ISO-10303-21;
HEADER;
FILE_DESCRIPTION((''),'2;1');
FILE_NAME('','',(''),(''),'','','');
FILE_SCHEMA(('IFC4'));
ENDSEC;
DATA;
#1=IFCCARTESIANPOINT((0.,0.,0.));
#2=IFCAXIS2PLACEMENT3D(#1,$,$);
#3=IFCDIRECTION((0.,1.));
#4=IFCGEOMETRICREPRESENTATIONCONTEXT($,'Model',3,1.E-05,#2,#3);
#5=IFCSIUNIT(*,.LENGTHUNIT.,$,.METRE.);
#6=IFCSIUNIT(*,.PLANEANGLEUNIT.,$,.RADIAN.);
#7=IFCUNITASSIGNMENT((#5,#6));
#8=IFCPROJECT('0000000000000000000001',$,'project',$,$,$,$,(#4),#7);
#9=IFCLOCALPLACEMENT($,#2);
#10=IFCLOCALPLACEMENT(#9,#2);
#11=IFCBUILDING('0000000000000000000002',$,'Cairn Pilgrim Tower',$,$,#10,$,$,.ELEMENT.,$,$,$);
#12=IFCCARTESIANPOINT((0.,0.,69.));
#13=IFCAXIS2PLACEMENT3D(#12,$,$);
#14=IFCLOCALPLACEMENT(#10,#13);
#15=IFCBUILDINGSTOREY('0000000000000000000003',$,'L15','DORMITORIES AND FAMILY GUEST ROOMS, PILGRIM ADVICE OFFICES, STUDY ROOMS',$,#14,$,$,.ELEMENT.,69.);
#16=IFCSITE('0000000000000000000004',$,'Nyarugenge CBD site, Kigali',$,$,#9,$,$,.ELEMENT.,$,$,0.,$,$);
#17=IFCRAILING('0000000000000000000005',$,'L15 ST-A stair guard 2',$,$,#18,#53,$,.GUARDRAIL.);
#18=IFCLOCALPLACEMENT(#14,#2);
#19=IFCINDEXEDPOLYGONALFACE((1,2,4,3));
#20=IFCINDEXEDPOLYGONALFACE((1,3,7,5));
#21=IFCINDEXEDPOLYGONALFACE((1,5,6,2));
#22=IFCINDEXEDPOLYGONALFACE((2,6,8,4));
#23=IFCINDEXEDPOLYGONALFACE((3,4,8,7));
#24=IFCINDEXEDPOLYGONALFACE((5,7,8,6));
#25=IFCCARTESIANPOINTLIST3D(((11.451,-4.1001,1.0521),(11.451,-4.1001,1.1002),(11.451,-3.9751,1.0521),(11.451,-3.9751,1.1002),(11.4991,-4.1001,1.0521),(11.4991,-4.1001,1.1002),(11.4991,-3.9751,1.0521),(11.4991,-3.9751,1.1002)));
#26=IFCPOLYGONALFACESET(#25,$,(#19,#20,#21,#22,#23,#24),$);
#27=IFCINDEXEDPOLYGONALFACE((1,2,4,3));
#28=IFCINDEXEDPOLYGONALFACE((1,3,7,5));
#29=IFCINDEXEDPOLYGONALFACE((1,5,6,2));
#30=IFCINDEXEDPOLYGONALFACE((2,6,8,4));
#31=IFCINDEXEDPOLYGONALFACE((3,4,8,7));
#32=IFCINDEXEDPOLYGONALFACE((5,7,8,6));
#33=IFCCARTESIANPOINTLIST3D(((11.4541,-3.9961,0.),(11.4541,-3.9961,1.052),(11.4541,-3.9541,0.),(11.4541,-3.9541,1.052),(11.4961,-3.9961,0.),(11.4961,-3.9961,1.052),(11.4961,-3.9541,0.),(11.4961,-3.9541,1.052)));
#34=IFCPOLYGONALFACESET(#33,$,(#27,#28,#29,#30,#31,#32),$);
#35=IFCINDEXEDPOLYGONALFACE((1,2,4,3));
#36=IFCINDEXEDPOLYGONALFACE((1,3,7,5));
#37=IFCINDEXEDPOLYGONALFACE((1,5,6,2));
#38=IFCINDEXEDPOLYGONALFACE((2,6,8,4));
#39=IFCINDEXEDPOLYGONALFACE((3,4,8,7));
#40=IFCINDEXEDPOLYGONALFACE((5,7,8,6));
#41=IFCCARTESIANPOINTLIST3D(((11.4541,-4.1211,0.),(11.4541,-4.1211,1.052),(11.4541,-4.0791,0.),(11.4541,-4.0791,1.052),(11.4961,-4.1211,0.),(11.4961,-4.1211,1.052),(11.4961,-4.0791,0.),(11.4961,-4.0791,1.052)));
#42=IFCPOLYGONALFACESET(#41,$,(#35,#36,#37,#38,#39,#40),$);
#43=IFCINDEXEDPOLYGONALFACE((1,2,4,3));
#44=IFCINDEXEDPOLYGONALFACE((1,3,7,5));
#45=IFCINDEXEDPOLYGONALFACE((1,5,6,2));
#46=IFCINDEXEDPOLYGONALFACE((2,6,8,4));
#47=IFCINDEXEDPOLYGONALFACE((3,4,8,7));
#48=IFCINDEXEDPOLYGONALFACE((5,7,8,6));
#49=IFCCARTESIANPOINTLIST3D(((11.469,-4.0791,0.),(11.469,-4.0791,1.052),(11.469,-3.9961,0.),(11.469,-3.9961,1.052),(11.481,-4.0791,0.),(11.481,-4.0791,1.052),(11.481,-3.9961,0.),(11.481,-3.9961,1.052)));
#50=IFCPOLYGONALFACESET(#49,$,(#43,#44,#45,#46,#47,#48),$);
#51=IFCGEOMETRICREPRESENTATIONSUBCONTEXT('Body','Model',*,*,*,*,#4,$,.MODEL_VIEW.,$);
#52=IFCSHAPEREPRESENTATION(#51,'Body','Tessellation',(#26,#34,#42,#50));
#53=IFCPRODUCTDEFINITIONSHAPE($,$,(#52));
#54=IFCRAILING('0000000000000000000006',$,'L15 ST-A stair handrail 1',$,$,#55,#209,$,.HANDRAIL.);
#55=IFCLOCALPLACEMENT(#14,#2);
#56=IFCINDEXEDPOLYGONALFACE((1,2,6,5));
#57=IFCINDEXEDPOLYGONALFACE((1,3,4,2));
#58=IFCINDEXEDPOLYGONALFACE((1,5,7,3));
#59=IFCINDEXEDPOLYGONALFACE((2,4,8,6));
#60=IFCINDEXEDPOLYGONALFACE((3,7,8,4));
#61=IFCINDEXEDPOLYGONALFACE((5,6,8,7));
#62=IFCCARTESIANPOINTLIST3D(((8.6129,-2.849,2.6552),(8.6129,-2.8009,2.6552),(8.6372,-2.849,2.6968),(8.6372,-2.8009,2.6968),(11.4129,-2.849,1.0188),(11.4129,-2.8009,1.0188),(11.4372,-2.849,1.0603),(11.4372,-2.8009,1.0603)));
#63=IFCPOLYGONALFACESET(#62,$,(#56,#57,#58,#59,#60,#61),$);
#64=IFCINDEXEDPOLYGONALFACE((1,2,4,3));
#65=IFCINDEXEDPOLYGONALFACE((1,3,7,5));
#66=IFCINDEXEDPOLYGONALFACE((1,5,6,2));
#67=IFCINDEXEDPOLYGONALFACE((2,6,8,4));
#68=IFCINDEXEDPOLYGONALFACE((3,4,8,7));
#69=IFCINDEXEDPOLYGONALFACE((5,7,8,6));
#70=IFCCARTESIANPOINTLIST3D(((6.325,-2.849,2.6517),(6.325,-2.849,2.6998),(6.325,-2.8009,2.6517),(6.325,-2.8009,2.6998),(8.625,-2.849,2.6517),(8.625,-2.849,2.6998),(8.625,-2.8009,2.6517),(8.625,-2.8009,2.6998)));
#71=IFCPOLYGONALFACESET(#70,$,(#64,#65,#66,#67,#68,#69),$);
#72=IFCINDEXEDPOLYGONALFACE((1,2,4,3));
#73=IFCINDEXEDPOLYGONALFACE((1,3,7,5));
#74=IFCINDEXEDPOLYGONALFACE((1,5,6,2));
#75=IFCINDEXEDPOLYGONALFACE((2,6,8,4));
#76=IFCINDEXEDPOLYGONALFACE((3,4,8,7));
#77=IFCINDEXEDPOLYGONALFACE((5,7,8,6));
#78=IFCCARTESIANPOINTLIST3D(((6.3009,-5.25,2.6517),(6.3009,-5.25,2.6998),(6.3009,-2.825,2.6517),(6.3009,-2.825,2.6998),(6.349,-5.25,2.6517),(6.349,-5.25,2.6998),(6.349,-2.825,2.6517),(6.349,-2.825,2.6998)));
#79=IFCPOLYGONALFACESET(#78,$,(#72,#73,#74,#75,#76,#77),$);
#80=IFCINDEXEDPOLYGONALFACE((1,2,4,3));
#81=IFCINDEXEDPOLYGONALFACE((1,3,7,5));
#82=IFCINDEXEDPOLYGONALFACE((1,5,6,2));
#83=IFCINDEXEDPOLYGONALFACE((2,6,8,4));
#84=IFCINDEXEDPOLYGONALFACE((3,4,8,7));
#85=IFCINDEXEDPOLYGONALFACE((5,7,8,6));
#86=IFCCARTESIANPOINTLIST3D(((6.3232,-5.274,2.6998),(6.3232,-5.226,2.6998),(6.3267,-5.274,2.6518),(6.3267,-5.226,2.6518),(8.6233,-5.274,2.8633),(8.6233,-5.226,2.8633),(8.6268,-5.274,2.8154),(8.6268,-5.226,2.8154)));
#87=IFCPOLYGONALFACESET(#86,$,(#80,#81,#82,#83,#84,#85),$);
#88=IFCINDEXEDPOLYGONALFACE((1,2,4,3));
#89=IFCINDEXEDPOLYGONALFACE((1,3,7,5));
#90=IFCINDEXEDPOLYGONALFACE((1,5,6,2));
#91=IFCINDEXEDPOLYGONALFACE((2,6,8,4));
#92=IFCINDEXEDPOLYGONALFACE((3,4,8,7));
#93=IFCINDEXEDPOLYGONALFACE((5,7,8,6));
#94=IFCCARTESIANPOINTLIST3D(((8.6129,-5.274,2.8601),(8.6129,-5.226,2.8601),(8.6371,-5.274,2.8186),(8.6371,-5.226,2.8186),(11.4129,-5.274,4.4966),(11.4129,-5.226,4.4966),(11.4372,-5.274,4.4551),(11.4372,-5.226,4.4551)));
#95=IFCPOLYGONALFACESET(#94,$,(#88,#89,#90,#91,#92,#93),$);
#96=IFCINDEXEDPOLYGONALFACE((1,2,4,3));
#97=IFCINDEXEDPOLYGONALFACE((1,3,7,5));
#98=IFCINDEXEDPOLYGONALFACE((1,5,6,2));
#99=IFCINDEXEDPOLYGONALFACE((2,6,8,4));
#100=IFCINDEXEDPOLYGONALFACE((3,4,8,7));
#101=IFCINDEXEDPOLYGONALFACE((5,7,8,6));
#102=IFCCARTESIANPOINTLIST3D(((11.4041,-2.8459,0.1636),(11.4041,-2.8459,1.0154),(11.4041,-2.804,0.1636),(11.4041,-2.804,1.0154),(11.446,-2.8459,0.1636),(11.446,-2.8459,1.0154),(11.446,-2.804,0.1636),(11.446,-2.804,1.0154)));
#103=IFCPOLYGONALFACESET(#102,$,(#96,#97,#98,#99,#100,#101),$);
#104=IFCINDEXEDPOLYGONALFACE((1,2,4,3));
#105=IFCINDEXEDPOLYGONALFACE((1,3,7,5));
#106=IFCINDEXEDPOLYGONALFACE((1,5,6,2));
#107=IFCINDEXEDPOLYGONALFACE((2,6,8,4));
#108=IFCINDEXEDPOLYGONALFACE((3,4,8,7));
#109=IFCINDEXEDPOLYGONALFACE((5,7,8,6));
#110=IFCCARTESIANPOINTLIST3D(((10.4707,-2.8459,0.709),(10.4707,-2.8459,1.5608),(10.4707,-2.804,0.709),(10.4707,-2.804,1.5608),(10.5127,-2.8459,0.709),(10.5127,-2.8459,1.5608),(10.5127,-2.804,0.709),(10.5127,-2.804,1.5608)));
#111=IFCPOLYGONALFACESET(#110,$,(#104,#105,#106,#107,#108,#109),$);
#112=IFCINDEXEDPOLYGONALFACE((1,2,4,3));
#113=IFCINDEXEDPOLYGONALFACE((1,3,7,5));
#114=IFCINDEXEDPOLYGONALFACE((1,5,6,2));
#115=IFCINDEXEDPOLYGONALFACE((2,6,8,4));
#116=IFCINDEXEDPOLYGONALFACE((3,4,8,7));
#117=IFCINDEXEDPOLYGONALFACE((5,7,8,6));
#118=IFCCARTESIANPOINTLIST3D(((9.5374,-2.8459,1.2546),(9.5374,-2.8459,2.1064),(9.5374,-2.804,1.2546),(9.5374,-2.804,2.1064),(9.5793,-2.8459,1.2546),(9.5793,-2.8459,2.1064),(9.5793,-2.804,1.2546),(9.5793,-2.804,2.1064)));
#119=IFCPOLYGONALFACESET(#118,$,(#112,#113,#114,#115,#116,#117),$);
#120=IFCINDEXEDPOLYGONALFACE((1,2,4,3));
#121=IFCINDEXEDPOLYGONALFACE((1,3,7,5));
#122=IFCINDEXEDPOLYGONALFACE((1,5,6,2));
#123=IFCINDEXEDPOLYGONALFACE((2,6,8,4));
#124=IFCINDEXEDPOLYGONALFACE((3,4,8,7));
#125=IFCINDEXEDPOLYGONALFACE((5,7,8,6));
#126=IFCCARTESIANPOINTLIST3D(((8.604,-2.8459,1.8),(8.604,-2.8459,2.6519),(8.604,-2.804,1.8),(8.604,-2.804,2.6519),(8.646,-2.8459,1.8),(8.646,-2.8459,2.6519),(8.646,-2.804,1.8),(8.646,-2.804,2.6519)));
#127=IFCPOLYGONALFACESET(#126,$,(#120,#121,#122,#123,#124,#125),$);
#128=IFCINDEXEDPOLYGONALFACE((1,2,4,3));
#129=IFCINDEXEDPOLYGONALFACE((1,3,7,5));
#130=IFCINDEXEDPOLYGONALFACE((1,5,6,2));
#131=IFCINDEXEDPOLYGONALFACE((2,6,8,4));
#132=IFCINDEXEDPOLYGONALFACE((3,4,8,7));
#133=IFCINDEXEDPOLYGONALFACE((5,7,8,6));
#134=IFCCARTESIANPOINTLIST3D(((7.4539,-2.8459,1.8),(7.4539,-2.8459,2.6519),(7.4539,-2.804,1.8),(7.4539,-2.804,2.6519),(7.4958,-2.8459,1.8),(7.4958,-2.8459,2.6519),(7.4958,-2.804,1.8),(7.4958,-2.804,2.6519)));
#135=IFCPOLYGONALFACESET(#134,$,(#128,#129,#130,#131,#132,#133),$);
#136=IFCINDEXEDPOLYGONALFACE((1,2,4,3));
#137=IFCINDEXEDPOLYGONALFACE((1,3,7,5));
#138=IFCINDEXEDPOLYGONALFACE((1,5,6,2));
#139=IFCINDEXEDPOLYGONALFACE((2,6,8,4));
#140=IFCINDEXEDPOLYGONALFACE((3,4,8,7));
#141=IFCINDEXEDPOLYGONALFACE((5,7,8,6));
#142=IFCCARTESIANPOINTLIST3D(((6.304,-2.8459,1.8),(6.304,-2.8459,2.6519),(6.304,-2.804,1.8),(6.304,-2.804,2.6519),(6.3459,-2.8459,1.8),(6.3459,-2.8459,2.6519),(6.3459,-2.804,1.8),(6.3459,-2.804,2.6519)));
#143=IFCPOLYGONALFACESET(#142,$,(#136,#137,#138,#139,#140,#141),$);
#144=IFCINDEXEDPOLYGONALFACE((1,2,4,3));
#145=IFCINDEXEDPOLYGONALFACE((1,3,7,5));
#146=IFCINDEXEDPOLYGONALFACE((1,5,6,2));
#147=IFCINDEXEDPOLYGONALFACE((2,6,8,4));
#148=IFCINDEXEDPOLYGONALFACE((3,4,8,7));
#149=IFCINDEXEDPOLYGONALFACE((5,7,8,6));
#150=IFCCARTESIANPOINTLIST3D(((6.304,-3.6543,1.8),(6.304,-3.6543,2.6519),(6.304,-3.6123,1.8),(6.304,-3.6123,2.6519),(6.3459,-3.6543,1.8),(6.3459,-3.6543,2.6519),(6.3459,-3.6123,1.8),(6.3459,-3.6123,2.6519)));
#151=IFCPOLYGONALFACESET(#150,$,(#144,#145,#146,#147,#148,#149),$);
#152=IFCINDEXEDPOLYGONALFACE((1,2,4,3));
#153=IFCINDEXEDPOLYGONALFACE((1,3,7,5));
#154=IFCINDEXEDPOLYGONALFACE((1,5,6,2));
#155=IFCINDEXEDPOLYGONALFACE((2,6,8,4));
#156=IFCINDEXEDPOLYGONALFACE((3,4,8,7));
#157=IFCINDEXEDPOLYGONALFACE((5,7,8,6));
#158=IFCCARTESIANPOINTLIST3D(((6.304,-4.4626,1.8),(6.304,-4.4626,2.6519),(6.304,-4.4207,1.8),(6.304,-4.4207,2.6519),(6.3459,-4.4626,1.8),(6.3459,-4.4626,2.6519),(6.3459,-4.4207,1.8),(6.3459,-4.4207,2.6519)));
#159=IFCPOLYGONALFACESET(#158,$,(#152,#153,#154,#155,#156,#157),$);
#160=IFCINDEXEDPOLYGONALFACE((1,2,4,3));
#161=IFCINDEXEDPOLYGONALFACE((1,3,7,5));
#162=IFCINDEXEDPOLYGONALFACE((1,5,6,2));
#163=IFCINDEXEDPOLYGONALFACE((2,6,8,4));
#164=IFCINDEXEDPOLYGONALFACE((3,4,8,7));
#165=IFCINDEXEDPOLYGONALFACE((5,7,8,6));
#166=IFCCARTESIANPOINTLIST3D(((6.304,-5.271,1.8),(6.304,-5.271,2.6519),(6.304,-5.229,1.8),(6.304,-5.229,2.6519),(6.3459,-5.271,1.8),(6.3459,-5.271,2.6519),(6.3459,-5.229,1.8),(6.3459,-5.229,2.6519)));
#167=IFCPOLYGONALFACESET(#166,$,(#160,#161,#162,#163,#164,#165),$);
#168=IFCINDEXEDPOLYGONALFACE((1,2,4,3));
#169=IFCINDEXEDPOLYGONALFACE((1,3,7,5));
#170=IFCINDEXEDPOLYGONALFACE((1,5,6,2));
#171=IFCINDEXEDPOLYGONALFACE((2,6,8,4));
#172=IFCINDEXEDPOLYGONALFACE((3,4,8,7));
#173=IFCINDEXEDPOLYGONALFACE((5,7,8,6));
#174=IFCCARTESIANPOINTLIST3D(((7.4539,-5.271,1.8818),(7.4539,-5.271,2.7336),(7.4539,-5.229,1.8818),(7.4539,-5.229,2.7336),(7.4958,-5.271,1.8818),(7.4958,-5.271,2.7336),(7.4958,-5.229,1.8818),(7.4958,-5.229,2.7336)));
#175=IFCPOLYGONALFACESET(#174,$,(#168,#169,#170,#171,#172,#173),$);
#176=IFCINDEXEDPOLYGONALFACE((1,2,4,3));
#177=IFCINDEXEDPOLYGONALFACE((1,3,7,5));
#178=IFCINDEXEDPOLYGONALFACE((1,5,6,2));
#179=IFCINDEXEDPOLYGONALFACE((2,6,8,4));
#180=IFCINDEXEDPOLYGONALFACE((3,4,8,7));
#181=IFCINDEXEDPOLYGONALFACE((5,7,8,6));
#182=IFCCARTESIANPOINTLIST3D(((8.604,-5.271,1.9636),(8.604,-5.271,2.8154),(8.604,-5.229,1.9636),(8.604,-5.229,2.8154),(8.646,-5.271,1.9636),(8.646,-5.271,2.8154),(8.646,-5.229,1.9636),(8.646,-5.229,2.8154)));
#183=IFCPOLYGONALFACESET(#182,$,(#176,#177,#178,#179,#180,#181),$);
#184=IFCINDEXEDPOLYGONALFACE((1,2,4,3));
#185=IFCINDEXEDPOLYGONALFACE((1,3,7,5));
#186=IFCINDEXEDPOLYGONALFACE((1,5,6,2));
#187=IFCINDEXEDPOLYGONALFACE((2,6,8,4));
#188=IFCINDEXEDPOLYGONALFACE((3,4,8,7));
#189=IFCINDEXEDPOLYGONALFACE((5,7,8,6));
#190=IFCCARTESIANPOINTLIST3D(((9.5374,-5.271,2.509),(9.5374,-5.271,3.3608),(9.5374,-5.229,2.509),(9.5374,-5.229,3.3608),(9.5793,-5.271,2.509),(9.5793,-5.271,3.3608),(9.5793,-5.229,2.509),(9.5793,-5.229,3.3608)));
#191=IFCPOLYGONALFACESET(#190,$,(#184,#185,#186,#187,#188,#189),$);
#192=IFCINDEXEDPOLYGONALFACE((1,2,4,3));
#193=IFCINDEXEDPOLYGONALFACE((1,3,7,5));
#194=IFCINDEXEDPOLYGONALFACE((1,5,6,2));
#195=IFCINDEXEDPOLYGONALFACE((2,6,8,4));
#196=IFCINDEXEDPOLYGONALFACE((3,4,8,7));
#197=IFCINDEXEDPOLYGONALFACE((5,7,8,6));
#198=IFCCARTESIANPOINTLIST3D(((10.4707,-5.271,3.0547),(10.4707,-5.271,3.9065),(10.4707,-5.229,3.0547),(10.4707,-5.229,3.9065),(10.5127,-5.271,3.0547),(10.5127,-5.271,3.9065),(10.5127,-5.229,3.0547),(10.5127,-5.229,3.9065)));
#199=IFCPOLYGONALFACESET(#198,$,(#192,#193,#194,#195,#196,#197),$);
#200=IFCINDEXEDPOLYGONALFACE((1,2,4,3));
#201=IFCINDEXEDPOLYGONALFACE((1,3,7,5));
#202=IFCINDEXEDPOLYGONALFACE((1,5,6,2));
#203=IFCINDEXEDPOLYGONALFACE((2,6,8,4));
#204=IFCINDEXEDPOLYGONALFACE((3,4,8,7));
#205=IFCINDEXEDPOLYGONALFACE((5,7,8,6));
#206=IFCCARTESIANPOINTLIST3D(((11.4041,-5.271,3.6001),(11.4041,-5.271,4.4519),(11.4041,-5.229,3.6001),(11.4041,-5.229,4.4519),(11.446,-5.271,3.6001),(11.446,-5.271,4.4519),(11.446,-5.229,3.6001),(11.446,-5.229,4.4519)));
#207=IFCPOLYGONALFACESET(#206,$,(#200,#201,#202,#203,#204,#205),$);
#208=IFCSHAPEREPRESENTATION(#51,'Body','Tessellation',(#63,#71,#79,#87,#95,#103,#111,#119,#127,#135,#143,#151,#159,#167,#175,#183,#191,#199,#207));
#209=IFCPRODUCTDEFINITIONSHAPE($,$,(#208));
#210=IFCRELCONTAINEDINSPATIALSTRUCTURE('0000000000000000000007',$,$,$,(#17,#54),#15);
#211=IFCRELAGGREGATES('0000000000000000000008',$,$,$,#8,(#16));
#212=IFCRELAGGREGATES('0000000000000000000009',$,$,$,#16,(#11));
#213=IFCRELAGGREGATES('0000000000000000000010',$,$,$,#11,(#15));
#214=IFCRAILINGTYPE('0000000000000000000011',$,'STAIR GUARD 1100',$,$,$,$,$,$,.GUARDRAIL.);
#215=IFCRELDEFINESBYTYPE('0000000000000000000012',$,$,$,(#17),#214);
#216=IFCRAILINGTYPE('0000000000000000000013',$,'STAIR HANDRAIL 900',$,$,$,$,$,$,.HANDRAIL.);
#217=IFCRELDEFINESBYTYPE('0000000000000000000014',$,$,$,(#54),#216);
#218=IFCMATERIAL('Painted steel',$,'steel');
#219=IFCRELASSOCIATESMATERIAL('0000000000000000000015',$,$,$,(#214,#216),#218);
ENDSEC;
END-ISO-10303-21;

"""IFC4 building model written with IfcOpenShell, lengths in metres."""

from ifc_helpers import new_model, si_unit, direction, frame, origin, origin_2d, place, context, subcontext, project, spatial, polyline, rectangle, outline, extrude, material, type_object, element, save


model = new_model("IFC4")

# Units and contexts
model_context = context("Model", 3, precision=1e-05, world=origin(), true_north=direction((0.0, 1.0)))
body_context = subcontext(model_context, "Body", "Model", "MODEL_VIEW")
ifc_project = project(units=[si_unit("LENGTHUNIT", "METRE"), si_unit("PLANEANGLEUNIT", "RADIAN")], contexts=[model_context])

# Site, building, storey
site_placement = place(None, origin())
site = spatial("IfcSite", under=ifc_project, at=site_placement, Name="Nyarugenge CBD site, Kigali", CompositionType="ELEMENT", RefElevation=0.0)
building_placement = place(site_placement, origin())
building = spatial("IfcBuilding", under=site, at=building_placement, Name="Cairn Pilgrim Tower", CompositionType="ELEMENT")
storey_placement = place(building_placement, frame((0.0, 0.0, 69.0)))
storey = spatial("IfcBuildingStorey", under=building, at=storey_placement, Name="L15", Description="DORMITORIES AND FAMILY GUEST ROOMS, PILGRIM ADVICE OFFICES, STUDY ROOMS", CompositionType="ELEMENT", Elevation=69.0)

# Shared definitions
ifc_material_1 = material(Name="Painted steel", Category="steel")

# Railings
railing_type_1 = type_object("IfcRailingType", Name="STAIR GUARD 1100", PredefinedType="GUARDRAIL", material=ifc_material_1)
railing_1_placement = place(storey_placement, frame((11.4751, -3.9751, 0.0)))
element("IfcRailing", 1, at=railing_1_placement, inside=storey, type_object=railing_type_1, Name="L15 ST-A stair guard 2", PredefinedType="GUARDRAIL", context=body_context, shape_type="SweptSolid", body=[
    extrude(rectangle(XDim=0.0481, YDim=0.0481, at=origin_2d()), frame((0.0, 0.0, 1.0762), z_axis=(0.0, -1.0, 0.0), x_axis=(1.0, 0.0, 0.0)), (0.0, 0.0, 1.0), 0.125),
    extrude(rectangle(XDim=0.042, YDim=0.042, at=origin_2d()), origin(), (0.0, 0.0, 1.0), 1.052),
    extrude(rectangle(XDim=0.042, YDim=0.042, at=origin_2d()), frame((0.0, -0.125, 0.0)), (0.0, 0.0, 1.0), 1.052),
    extrude(outline(polyline([(0.021, 0.0), (0.104, 0.0), (0.104, 1.052), (0.021, 1.052), (0.021, 0.0)])), frame((0.0059, 0.0, 0.0), z_axis=(-1.0, 0.0, 0.0), x_axis=(0.0, -1.0, 0.0)), (0.0, 0.0, 1.0), 0.012),
])
railing_type_2 = type_object("IfcRailingType", Name="STAIR HANDRAIL 900", PredefinedType="HANDRAIL", material=ifc_material_1)
railing_2_placement = place(storey_placement, frame((11.425, -2.825, 0.1636)))
element("IfcRailing", 2, at=railing_2_placement, inside=storey, type_object=railing_type_2, Name="L15 ST-A stair handrail 1", PredefinedType="HANDRAIL", context=body_context, shape_type="SweptSolid", body=[
    extrude(rectangle(XDim=0.0481, YDim=0.0481, at=origin_2d()), frame((0.0, 0.0, 0.876), z_axis=(-0.863361, 0.0, 0.504587), x_axis=(0.0, -1.0, 0.0)), (0.0, 0.0, 1.0), 3.2432),
    extrude(rectangle(XDim=0.0481, YDim=0.0481, at=origin_2d()), frame((-2.8, 0.0, 2.5122), z_axis=(-1.0, 0.0, 0.0), x_axis=(0.0, -1.0, 0.0)), (0.0, 0.0, 1.0), 2.3),
    extrude(rectangle(XDim=0.0481, YDim=0.0481, at=origin_2d()), frame((-5.1001, 0.0, 2.5122), z_axis=(0.0, -1.0, 0.0), x_axis=(1.0, 0.0, 0.0)), (0.0, 0.0, 1.0), 2.425),
    extrude(rectangle(XDim=0.0481, YDim=0.0481, at=origin_2d()), frame((-5.1001, -2.425, 2.5122), z_axis=(0.997481, 0.0, 0.070939), x_axis=(0.0, 1.0, 0.0)), (0.0, 0.0, 1.0), 2.3059),
    extrude(rectangle(XDim=0.0481, YDim=0.0481, at=origin_2d()), frame((-2.8, -2.425, 2.6758), z_axis=(0.863361, 0.0, 0.504587), x_axis=(0.0, 1.0, 0.0)), (0.0, 0.0, 1.0), 3.2432),
    extrude(rectangle(XDim=0.042, YDim=0.042, at=origin_2d()), origin(), (0.0, 0.0, 1.0), 0.8518),
    extrude(rectangle(XDim=0.042, YDim=0.042, at=origin_2d()), frame((-0.9333, 0.0, 0.5454)), (0.0, 0.0, 1.0), 0.8518),
    extrude(rectangle(XDim=0.042, YDim=0.042, at=origin_2d()), frame((-1.8667, 0.0, 1.0911)), (0.0, 0.0, 1.0), 0.8518),
    extrude(rectangle(XDim=0.042, YDim=0.042, at=origin_2d()), frame((-2.8, 0.0, 1.6365)), (0.0, 0.0, 1.0), 0.8518),
    extrude(rectangle(XDim=0.042, YDim=0.042, at=origin_2d()), frame((-3.9502, 0.0, 1.6365)), (0.0, 0.0, 1.0), 0.8518),
    extrude(rectangle(XDim=0.042, YDim=0.042, at=origin_2d()), frame((-5.1001, 0.0, 1.6365)), (0.0, 0.0, 1.0), 0.8518),
    extrude(rectangle(XDim=0.042, YDim=0.042, at=origin_2d()), frame((-5.1001, -0.8083, 1.6365)), (0.0, 0.0, 1.0), 0.8518),
    extrude(rectangle(XDim=0.042, YDim=0.042, at=origin_2d()), frame((-5.1001, -1.6167, 1.6365)), (0.0, 0.0, 1.0), 0.8518),
    extrude(rectangle(XDim=0.042, YDim=0.042, at=origin_2d()), frame((-5.1001, -2.425, 1.6365)), (0.0, 0.0, 1.0), 0.8518),
    extrude(rectangle(XDim=0.042, YDim=0.042, at=origin_2d()), frame((-3.9502, -2.425, 1.7183)), (0.0, 0.0, 1.0), 0.8518),
    extrude(rectangle(XDim=0.042, YDim=0.042, at=origin_2d()), frame((-2.8, -2.425, 1.8)), (0.0, 0.0, 1.0), 0.8518),
    extrude(rectangle(XDim=0.042, YDim=0.042, at=origin_2d()), frame((-1.8667, -2.425, 2.3455)), (0.0, 0.0, 1.0), 0.8518),
    extrude(rectangle(XDim=0.042, YDim=0.042, at=origin_2d()), frame((-0.9333, -2.425, 2.8911)), (0.0, 0.0, 1.0), 0.8518),
    extrude(rectangle(XDim=0.042, YDim=0.042, at=origin_2d()), frame((0.0, -2.425, 3.4365)), (0.0, 0.0, 1.0), 0.8518),
])

save(model, "model.ifc")
